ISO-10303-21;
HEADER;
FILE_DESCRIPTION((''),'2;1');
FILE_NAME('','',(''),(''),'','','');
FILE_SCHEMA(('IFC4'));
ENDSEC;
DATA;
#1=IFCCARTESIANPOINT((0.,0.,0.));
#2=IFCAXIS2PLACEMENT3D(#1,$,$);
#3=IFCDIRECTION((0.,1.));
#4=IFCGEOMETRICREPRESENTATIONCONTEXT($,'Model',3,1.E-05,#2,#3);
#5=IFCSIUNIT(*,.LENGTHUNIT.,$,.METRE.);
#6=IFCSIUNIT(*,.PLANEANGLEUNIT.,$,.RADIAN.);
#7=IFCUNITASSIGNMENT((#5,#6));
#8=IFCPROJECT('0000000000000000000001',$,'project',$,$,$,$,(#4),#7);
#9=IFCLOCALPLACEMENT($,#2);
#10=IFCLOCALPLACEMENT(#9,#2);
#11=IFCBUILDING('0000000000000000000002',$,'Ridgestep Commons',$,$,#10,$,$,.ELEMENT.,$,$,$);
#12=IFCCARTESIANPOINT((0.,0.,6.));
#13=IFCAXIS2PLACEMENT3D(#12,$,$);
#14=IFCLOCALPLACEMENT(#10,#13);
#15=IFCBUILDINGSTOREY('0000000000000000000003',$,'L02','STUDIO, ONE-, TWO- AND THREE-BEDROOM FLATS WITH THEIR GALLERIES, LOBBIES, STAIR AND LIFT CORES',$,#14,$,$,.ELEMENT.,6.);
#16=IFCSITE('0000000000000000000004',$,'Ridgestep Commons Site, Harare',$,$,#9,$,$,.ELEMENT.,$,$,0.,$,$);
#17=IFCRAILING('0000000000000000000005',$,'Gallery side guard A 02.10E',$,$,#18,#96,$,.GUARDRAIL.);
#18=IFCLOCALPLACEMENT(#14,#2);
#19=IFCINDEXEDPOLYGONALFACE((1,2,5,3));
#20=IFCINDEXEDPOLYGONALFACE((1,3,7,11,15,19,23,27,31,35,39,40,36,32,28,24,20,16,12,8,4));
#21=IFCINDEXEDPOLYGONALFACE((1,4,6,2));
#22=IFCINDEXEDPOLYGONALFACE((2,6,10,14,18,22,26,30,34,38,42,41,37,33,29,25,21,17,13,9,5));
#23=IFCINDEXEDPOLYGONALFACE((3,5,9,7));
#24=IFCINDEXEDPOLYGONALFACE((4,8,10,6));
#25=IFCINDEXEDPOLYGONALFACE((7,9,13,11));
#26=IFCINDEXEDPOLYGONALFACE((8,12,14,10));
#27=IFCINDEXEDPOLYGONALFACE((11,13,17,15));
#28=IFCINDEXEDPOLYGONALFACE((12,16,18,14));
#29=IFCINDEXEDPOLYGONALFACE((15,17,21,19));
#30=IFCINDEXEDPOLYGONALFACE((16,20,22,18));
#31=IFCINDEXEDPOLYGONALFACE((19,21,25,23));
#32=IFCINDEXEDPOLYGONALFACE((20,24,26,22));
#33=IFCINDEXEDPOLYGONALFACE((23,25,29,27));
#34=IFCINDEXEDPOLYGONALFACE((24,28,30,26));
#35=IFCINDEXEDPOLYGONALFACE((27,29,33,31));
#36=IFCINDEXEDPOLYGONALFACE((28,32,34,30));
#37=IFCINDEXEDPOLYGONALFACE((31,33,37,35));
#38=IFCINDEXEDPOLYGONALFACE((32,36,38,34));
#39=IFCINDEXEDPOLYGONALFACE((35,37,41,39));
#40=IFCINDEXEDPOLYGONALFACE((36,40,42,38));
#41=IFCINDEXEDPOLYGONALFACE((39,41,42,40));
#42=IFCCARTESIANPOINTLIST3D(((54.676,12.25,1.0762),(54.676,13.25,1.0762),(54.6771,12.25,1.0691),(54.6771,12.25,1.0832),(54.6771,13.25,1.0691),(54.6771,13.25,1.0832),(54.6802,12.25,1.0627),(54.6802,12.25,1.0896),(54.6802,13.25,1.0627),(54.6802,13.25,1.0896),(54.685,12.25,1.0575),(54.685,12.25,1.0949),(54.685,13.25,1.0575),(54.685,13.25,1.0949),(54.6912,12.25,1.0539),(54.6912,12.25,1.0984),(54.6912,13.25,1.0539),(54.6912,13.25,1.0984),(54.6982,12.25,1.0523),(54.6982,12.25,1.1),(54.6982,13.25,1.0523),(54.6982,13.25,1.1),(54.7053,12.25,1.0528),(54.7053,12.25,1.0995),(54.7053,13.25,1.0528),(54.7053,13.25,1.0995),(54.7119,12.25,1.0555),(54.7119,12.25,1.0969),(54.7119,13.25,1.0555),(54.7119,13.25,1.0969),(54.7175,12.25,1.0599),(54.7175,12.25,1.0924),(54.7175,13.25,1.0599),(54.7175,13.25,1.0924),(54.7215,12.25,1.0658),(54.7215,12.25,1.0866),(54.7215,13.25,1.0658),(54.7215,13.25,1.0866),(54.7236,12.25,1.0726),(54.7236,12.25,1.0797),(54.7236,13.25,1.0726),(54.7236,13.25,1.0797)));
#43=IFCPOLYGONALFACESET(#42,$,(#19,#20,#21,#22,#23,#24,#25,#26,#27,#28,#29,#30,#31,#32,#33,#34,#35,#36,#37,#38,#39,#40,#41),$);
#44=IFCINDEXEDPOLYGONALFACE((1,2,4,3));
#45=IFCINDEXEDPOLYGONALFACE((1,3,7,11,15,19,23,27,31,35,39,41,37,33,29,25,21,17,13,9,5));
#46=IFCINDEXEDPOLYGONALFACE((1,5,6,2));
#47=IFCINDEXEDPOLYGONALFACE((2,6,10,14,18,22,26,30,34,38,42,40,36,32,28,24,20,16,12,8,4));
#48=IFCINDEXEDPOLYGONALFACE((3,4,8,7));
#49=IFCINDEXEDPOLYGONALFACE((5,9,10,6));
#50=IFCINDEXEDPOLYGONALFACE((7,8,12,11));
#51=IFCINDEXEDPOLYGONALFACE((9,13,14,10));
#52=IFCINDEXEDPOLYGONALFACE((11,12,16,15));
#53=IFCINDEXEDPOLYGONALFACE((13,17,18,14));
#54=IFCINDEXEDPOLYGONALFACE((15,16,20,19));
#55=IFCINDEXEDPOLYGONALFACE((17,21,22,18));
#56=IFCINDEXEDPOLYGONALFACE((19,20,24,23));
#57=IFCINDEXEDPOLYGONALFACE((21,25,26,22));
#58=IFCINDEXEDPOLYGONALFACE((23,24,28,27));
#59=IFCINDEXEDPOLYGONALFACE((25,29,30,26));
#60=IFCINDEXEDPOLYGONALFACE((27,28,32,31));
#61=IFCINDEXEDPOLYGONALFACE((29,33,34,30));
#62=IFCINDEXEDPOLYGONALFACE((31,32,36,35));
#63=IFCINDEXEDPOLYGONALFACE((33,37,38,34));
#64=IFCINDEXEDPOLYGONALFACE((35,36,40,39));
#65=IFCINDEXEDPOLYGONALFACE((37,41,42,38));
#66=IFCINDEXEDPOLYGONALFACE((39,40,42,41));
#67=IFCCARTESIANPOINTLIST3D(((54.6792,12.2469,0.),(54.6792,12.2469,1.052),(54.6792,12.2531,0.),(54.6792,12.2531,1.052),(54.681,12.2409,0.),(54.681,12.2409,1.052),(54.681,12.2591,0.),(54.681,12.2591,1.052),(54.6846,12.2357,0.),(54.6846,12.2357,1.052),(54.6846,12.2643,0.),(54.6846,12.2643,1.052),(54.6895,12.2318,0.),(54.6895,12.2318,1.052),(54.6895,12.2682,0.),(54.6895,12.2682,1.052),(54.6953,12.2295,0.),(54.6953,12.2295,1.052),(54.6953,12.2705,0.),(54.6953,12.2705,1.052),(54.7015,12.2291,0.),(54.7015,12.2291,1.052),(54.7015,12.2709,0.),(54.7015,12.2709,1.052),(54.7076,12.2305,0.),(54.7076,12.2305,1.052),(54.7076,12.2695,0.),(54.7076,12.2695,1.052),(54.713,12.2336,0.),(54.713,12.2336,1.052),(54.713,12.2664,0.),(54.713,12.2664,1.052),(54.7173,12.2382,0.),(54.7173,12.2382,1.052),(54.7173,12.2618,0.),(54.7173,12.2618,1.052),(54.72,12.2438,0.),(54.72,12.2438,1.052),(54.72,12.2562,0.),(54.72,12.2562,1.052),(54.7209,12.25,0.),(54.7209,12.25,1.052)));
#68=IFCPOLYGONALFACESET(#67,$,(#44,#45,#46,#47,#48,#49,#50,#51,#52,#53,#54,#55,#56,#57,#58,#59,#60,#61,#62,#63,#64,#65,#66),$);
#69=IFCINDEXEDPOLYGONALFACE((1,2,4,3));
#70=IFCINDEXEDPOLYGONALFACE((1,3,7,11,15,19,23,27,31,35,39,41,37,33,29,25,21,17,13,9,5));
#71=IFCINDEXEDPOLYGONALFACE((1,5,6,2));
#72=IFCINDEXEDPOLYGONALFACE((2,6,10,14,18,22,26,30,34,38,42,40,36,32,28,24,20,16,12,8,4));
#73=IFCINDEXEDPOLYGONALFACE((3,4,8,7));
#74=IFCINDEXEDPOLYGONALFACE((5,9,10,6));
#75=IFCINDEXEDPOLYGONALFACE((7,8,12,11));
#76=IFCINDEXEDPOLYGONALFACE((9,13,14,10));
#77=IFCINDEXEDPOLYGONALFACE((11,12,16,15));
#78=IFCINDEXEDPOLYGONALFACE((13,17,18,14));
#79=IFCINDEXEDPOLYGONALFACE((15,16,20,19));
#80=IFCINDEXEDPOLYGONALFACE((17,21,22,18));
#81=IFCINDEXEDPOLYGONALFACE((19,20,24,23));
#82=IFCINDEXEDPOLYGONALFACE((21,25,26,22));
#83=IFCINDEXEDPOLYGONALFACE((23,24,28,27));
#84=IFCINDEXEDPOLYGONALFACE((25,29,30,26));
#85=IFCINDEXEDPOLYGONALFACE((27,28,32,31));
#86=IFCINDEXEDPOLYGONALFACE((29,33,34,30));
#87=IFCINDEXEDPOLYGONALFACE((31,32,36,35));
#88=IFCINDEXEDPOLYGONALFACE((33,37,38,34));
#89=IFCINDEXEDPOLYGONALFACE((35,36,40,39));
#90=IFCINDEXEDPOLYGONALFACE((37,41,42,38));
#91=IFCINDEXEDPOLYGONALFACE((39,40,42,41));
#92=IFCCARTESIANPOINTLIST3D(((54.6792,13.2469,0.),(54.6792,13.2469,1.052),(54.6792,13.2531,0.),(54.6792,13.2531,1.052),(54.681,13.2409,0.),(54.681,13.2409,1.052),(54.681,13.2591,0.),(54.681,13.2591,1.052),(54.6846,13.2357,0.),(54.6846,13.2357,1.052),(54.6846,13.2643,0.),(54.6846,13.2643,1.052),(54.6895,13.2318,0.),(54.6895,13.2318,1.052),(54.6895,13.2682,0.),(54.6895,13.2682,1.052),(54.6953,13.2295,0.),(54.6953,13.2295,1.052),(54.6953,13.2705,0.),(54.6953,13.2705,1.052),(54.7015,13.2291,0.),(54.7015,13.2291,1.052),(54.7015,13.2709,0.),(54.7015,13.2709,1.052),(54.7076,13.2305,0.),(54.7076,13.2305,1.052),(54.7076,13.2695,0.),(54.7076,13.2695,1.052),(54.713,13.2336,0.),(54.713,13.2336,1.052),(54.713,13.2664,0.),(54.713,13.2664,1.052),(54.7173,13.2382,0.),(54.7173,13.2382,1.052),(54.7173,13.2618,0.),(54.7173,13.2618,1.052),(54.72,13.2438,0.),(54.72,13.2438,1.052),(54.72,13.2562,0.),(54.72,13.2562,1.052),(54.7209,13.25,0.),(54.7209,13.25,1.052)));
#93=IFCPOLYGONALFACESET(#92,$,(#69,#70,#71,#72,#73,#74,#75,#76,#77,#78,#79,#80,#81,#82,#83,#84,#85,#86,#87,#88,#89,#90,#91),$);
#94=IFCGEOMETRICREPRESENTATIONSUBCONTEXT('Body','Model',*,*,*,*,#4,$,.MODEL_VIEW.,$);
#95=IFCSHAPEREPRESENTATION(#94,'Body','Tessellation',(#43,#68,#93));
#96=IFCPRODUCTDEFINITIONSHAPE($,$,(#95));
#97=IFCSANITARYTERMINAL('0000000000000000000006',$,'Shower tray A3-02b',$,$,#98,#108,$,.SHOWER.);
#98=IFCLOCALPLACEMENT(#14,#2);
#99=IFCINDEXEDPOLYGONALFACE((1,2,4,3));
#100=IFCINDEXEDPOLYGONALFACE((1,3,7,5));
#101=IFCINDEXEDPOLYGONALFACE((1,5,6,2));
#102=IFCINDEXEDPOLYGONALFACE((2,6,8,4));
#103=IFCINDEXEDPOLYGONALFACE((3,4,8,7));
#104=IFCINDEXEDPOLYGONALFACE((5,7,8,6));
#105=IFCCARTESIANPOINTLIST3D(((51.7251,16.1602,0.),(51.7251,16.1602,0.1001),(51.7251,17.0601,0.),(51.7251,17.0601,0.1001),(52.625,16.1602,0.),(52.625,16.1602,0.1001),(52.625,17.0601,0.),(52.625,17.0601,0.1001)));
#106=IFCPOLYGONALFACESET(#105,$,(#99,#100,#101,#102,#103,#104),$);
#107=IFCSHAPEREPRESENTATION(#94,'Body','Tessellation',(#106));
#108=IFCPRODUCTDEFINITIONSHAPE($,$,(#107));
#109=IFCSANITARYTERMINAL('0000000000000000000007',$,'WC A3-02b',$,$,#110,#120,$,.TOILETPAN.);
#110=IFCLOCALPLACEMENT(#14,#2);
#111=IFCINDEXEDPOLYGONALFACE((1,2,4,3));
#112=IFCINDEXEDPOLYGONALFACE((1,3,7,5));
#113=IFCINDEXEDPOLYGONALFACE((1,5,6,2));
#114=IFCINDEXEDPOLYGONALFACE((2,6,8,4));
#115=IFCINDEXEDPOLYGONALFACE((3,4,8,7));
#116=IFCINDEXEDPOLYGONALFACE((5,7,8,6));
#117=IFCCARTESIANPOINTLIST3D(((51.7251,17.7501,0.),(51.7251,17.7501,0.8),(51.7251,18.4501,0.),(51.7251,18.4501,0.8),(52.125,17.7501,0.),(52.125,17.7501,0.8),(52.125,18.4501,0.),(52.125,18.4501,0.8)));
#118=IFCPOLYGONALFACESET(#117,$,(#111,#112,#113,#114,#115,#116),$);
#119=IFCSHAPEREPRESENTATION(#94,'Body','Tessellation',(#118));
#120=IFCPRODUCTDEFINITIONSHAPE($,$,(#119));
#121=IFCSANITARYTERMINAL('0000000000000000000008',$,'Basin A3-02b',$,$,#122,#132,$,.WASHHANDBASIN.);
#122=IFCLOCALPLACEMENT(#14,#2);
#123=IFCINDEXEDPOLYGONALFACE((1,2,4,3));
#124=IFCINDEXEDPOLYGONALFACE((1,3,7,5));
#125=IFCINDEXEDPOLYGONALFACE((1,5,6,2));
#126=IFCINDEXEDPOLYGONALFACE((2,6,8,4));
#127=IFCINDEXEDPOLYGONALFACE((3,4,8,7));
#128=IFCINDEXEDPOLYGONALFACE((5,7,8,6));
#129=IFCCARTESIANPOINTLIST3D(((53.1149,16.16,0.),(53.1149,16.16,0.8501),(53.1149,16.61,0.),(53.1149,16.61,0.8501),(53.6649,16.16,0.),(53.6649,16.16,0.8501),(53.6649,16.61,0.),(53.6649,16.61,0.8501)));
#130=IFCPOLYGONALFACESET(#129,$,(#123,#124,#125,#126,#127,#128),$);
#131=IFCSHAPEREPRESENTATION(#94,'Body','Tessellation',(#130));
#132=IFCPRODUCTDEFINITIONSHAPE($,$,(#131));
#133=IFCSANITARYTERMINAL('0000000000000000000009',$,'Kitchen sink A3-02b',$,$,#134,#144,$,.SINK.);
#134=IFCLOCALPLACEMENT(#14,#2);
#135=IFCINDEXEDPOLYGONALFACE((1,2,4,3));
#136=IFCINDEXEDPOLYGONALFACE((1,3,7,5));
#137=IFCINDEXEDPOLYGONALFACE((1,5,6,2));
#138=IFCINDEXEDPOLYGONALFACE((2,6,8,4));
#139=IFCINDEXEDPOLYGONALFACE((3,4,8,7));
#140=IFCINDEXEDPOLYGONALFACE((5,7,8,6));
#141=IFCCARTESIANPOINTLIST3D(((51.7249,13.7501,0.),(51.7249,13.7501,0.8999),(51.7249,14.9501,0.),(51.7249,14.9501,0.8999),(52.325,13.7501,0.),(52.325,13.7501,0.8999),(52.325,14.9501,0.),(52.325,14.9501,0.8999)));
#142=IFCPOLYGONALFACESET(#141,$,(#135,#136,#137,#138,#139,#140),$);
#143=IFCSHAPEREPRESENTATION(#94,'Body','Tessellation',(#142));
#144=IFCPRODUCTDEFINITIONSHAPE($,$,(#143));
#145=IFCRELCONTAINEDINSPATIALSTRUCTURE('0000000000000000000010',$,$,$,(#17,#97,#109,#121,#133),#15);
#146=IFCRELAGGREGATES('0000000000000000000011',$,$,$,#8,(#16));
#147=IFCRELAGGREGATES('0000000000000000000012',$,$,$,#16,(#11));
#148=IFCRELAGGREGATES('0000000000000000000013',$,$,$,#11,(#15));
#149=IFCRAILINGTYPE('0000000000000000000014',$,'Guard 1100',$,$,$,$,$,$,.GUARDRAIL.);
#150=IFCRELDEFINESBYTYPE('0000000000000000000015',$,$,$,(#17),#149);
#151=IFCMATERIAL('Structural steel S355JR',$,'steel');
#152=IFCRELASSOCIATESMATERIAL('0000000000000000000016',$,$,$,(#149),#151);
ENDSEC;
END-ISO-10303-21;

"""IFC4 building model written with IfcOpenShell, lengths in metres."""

from ifc_helpers import new_model, si_unit, direction, frame, origin, origin_2d, place, context, subcontext, project, spatial, rectangle, circle, extrude, material, type_object, element, save


model = new_model("IFC4")

# Units and contexts
model_context = context("Model", 3, precision=1e-05, world=origin(), true_north=direction((0.0, 1.0)))
body_context = subcontext(model_context, "Body", "Model", "MODEL_VIEW")
ifc_project = project(units=[si_unit("LENGTHUNIT", "METRE"), si_unit("PLANEANGLEUNIT", "RADIAN")], contexts=[model_context])

# Site, building, storey
site_placement = place(None, origin())
site = spatial("IfcSite", under=ifc_project, at=site_placement, Name="Ridgestep Commons Site, Harare", CompositionType="ELEMENT", RefElevation=0.0)
building_placement = place(site_placement, origin())
building = spatial("IfcBuilding", under=site, at=building_placement, Name="Ridgestep Commons", CompositionType="ELEMENT")
storey_placement = place(building_placement, frame((0.0, 0.0, 6.0)))
storey = spatial("IfcBuildingStorey", under=building, at=storey_placement, Name="L02", Description="STUDIO, ONE-, TWO- AND THREE-BEDROOM FLATS WITH THEIR GALLERIES, LOBBIES, STAIR AND LIFT CORES", CompositionType="ELEMENT", Elevation=6.0)

# Railing
ifc_material_1 = material(Name="Structural steel S355JR", Category="steel")
railing_type = type_object("IfcRailingType", Name="Guard 1100", PredefinedType="GUARDRAIL", material=ifc_material_1)
for number, where, name in (
    (1, (54.7, 12.25, 0.0), "Gallery side guard A 02.10E"),
):
    element("IfcRailing", number, at=place(storey_placement, frame(where)), inside=storey, type_object=railing_type, Name=name, PredefinedType="GUARDRAIL", context=body_context, shape_type="SweptSolid", body=[
        extrude(circle(Radius=0.0239, at=origin_2d()), frame((0.0, 0.0, 1.0762), z_axis=(0.0, 1.0, 0.0), x_axis=(-1.0, 0.0, 0.0)), (0.0, 0.0, 1.0), 1.0),
        extrude(circle(Radius=0.021, at=origin_2d()), origin(), (0.0, 0.0, 1.0), 1.052),
        extrude(circle(Radius=0.021, at=origin_2d()), frame((0.0, 1.0, 0.0)), (0.0, 0.0, 1.0), 1.052),
    ])

# Sanitary terminals
sanitary_terminal_1_placement = place(storey_placement, frame((52.175, 16.6101, 0.0), z_axis=(0.0, 0.0, 1.0), x_axis=(1.0, 0.0, 0.0)))
element("IfcSanitaryTerminal", 2, at=sanitary_terminal_1_placement, inside=storey, Name="Shower tray A3-02b", PredefinedType="SHOWER", context=body_context, shape_type="SweptSolid", body=[
    extrude(rectangle(XDim=0.8999, YDim=0.8999, at=origin_2d()), origin(), (0.0, 0.0, 1.0), 0.1001),
])
sanitary_terminal_2_placement = place(storey_placement, frame((51.925, 18.1001, 0.0), z_axis=(0.0, 0.0, 1.0), x_axis=(1.0, 0.0, 0.0)))
element("IfcSanitaryTerminal", 3, at=sanitary_terminal_2_placement, inside=storey, Name="WC A3-02b", PredefinedType="TOILETPAN", context=body_context, shape_type="SweptSolid", body=[
    extrude(rectangle(XDim=0.3999, YDim=0.7, at=origin_2d()), origin(), (0.0, 0.0, 1.0), 0.8),
])
sanitary_terminal_3_placement = place(storey_placement, frame((53.3899, 16.385, 0.0), z_axis=(0.0, 0.0, 1.0), x_axis=(1.0, 0.0, 0.0)))
element("IfcSanitaryTerminal", 4, at=sanitary_terminal_3_placement, inside=storey, Name="Basin A3-02b", PredefinedType="WASHHANDBASIN", context=body_context, shape_type="SweptSolid", body=[
    extrude(rectangle(XDim=0.55, YDim=0.45, at=origin_2d()), origin(), (0.0, 0.0, 1.0), 0.8501),
])
sanitary_terminal_4_placement = place(storey_placement, frame((52.0249, 14.3501, 0.0), z_axis=(0.0, 0.0, 1.0), x_axis=(1.0, 0.0, 0.0)))
element("IfcSanitaryTerminal", 5, at=sanitary_terminal_4_placement, inside=storey, Name="Kitchen sink A3-02b", PredefinedType="SINK", context=body_context, shape_type="SweptSolid", body=[
    extrude(rectangle(XDim=0.6001, YDim=1.2, at=origin_2d()), origin(), (0.0, 0.0, 1.0), 0.8999),
])

save(model, "model.ifc")
